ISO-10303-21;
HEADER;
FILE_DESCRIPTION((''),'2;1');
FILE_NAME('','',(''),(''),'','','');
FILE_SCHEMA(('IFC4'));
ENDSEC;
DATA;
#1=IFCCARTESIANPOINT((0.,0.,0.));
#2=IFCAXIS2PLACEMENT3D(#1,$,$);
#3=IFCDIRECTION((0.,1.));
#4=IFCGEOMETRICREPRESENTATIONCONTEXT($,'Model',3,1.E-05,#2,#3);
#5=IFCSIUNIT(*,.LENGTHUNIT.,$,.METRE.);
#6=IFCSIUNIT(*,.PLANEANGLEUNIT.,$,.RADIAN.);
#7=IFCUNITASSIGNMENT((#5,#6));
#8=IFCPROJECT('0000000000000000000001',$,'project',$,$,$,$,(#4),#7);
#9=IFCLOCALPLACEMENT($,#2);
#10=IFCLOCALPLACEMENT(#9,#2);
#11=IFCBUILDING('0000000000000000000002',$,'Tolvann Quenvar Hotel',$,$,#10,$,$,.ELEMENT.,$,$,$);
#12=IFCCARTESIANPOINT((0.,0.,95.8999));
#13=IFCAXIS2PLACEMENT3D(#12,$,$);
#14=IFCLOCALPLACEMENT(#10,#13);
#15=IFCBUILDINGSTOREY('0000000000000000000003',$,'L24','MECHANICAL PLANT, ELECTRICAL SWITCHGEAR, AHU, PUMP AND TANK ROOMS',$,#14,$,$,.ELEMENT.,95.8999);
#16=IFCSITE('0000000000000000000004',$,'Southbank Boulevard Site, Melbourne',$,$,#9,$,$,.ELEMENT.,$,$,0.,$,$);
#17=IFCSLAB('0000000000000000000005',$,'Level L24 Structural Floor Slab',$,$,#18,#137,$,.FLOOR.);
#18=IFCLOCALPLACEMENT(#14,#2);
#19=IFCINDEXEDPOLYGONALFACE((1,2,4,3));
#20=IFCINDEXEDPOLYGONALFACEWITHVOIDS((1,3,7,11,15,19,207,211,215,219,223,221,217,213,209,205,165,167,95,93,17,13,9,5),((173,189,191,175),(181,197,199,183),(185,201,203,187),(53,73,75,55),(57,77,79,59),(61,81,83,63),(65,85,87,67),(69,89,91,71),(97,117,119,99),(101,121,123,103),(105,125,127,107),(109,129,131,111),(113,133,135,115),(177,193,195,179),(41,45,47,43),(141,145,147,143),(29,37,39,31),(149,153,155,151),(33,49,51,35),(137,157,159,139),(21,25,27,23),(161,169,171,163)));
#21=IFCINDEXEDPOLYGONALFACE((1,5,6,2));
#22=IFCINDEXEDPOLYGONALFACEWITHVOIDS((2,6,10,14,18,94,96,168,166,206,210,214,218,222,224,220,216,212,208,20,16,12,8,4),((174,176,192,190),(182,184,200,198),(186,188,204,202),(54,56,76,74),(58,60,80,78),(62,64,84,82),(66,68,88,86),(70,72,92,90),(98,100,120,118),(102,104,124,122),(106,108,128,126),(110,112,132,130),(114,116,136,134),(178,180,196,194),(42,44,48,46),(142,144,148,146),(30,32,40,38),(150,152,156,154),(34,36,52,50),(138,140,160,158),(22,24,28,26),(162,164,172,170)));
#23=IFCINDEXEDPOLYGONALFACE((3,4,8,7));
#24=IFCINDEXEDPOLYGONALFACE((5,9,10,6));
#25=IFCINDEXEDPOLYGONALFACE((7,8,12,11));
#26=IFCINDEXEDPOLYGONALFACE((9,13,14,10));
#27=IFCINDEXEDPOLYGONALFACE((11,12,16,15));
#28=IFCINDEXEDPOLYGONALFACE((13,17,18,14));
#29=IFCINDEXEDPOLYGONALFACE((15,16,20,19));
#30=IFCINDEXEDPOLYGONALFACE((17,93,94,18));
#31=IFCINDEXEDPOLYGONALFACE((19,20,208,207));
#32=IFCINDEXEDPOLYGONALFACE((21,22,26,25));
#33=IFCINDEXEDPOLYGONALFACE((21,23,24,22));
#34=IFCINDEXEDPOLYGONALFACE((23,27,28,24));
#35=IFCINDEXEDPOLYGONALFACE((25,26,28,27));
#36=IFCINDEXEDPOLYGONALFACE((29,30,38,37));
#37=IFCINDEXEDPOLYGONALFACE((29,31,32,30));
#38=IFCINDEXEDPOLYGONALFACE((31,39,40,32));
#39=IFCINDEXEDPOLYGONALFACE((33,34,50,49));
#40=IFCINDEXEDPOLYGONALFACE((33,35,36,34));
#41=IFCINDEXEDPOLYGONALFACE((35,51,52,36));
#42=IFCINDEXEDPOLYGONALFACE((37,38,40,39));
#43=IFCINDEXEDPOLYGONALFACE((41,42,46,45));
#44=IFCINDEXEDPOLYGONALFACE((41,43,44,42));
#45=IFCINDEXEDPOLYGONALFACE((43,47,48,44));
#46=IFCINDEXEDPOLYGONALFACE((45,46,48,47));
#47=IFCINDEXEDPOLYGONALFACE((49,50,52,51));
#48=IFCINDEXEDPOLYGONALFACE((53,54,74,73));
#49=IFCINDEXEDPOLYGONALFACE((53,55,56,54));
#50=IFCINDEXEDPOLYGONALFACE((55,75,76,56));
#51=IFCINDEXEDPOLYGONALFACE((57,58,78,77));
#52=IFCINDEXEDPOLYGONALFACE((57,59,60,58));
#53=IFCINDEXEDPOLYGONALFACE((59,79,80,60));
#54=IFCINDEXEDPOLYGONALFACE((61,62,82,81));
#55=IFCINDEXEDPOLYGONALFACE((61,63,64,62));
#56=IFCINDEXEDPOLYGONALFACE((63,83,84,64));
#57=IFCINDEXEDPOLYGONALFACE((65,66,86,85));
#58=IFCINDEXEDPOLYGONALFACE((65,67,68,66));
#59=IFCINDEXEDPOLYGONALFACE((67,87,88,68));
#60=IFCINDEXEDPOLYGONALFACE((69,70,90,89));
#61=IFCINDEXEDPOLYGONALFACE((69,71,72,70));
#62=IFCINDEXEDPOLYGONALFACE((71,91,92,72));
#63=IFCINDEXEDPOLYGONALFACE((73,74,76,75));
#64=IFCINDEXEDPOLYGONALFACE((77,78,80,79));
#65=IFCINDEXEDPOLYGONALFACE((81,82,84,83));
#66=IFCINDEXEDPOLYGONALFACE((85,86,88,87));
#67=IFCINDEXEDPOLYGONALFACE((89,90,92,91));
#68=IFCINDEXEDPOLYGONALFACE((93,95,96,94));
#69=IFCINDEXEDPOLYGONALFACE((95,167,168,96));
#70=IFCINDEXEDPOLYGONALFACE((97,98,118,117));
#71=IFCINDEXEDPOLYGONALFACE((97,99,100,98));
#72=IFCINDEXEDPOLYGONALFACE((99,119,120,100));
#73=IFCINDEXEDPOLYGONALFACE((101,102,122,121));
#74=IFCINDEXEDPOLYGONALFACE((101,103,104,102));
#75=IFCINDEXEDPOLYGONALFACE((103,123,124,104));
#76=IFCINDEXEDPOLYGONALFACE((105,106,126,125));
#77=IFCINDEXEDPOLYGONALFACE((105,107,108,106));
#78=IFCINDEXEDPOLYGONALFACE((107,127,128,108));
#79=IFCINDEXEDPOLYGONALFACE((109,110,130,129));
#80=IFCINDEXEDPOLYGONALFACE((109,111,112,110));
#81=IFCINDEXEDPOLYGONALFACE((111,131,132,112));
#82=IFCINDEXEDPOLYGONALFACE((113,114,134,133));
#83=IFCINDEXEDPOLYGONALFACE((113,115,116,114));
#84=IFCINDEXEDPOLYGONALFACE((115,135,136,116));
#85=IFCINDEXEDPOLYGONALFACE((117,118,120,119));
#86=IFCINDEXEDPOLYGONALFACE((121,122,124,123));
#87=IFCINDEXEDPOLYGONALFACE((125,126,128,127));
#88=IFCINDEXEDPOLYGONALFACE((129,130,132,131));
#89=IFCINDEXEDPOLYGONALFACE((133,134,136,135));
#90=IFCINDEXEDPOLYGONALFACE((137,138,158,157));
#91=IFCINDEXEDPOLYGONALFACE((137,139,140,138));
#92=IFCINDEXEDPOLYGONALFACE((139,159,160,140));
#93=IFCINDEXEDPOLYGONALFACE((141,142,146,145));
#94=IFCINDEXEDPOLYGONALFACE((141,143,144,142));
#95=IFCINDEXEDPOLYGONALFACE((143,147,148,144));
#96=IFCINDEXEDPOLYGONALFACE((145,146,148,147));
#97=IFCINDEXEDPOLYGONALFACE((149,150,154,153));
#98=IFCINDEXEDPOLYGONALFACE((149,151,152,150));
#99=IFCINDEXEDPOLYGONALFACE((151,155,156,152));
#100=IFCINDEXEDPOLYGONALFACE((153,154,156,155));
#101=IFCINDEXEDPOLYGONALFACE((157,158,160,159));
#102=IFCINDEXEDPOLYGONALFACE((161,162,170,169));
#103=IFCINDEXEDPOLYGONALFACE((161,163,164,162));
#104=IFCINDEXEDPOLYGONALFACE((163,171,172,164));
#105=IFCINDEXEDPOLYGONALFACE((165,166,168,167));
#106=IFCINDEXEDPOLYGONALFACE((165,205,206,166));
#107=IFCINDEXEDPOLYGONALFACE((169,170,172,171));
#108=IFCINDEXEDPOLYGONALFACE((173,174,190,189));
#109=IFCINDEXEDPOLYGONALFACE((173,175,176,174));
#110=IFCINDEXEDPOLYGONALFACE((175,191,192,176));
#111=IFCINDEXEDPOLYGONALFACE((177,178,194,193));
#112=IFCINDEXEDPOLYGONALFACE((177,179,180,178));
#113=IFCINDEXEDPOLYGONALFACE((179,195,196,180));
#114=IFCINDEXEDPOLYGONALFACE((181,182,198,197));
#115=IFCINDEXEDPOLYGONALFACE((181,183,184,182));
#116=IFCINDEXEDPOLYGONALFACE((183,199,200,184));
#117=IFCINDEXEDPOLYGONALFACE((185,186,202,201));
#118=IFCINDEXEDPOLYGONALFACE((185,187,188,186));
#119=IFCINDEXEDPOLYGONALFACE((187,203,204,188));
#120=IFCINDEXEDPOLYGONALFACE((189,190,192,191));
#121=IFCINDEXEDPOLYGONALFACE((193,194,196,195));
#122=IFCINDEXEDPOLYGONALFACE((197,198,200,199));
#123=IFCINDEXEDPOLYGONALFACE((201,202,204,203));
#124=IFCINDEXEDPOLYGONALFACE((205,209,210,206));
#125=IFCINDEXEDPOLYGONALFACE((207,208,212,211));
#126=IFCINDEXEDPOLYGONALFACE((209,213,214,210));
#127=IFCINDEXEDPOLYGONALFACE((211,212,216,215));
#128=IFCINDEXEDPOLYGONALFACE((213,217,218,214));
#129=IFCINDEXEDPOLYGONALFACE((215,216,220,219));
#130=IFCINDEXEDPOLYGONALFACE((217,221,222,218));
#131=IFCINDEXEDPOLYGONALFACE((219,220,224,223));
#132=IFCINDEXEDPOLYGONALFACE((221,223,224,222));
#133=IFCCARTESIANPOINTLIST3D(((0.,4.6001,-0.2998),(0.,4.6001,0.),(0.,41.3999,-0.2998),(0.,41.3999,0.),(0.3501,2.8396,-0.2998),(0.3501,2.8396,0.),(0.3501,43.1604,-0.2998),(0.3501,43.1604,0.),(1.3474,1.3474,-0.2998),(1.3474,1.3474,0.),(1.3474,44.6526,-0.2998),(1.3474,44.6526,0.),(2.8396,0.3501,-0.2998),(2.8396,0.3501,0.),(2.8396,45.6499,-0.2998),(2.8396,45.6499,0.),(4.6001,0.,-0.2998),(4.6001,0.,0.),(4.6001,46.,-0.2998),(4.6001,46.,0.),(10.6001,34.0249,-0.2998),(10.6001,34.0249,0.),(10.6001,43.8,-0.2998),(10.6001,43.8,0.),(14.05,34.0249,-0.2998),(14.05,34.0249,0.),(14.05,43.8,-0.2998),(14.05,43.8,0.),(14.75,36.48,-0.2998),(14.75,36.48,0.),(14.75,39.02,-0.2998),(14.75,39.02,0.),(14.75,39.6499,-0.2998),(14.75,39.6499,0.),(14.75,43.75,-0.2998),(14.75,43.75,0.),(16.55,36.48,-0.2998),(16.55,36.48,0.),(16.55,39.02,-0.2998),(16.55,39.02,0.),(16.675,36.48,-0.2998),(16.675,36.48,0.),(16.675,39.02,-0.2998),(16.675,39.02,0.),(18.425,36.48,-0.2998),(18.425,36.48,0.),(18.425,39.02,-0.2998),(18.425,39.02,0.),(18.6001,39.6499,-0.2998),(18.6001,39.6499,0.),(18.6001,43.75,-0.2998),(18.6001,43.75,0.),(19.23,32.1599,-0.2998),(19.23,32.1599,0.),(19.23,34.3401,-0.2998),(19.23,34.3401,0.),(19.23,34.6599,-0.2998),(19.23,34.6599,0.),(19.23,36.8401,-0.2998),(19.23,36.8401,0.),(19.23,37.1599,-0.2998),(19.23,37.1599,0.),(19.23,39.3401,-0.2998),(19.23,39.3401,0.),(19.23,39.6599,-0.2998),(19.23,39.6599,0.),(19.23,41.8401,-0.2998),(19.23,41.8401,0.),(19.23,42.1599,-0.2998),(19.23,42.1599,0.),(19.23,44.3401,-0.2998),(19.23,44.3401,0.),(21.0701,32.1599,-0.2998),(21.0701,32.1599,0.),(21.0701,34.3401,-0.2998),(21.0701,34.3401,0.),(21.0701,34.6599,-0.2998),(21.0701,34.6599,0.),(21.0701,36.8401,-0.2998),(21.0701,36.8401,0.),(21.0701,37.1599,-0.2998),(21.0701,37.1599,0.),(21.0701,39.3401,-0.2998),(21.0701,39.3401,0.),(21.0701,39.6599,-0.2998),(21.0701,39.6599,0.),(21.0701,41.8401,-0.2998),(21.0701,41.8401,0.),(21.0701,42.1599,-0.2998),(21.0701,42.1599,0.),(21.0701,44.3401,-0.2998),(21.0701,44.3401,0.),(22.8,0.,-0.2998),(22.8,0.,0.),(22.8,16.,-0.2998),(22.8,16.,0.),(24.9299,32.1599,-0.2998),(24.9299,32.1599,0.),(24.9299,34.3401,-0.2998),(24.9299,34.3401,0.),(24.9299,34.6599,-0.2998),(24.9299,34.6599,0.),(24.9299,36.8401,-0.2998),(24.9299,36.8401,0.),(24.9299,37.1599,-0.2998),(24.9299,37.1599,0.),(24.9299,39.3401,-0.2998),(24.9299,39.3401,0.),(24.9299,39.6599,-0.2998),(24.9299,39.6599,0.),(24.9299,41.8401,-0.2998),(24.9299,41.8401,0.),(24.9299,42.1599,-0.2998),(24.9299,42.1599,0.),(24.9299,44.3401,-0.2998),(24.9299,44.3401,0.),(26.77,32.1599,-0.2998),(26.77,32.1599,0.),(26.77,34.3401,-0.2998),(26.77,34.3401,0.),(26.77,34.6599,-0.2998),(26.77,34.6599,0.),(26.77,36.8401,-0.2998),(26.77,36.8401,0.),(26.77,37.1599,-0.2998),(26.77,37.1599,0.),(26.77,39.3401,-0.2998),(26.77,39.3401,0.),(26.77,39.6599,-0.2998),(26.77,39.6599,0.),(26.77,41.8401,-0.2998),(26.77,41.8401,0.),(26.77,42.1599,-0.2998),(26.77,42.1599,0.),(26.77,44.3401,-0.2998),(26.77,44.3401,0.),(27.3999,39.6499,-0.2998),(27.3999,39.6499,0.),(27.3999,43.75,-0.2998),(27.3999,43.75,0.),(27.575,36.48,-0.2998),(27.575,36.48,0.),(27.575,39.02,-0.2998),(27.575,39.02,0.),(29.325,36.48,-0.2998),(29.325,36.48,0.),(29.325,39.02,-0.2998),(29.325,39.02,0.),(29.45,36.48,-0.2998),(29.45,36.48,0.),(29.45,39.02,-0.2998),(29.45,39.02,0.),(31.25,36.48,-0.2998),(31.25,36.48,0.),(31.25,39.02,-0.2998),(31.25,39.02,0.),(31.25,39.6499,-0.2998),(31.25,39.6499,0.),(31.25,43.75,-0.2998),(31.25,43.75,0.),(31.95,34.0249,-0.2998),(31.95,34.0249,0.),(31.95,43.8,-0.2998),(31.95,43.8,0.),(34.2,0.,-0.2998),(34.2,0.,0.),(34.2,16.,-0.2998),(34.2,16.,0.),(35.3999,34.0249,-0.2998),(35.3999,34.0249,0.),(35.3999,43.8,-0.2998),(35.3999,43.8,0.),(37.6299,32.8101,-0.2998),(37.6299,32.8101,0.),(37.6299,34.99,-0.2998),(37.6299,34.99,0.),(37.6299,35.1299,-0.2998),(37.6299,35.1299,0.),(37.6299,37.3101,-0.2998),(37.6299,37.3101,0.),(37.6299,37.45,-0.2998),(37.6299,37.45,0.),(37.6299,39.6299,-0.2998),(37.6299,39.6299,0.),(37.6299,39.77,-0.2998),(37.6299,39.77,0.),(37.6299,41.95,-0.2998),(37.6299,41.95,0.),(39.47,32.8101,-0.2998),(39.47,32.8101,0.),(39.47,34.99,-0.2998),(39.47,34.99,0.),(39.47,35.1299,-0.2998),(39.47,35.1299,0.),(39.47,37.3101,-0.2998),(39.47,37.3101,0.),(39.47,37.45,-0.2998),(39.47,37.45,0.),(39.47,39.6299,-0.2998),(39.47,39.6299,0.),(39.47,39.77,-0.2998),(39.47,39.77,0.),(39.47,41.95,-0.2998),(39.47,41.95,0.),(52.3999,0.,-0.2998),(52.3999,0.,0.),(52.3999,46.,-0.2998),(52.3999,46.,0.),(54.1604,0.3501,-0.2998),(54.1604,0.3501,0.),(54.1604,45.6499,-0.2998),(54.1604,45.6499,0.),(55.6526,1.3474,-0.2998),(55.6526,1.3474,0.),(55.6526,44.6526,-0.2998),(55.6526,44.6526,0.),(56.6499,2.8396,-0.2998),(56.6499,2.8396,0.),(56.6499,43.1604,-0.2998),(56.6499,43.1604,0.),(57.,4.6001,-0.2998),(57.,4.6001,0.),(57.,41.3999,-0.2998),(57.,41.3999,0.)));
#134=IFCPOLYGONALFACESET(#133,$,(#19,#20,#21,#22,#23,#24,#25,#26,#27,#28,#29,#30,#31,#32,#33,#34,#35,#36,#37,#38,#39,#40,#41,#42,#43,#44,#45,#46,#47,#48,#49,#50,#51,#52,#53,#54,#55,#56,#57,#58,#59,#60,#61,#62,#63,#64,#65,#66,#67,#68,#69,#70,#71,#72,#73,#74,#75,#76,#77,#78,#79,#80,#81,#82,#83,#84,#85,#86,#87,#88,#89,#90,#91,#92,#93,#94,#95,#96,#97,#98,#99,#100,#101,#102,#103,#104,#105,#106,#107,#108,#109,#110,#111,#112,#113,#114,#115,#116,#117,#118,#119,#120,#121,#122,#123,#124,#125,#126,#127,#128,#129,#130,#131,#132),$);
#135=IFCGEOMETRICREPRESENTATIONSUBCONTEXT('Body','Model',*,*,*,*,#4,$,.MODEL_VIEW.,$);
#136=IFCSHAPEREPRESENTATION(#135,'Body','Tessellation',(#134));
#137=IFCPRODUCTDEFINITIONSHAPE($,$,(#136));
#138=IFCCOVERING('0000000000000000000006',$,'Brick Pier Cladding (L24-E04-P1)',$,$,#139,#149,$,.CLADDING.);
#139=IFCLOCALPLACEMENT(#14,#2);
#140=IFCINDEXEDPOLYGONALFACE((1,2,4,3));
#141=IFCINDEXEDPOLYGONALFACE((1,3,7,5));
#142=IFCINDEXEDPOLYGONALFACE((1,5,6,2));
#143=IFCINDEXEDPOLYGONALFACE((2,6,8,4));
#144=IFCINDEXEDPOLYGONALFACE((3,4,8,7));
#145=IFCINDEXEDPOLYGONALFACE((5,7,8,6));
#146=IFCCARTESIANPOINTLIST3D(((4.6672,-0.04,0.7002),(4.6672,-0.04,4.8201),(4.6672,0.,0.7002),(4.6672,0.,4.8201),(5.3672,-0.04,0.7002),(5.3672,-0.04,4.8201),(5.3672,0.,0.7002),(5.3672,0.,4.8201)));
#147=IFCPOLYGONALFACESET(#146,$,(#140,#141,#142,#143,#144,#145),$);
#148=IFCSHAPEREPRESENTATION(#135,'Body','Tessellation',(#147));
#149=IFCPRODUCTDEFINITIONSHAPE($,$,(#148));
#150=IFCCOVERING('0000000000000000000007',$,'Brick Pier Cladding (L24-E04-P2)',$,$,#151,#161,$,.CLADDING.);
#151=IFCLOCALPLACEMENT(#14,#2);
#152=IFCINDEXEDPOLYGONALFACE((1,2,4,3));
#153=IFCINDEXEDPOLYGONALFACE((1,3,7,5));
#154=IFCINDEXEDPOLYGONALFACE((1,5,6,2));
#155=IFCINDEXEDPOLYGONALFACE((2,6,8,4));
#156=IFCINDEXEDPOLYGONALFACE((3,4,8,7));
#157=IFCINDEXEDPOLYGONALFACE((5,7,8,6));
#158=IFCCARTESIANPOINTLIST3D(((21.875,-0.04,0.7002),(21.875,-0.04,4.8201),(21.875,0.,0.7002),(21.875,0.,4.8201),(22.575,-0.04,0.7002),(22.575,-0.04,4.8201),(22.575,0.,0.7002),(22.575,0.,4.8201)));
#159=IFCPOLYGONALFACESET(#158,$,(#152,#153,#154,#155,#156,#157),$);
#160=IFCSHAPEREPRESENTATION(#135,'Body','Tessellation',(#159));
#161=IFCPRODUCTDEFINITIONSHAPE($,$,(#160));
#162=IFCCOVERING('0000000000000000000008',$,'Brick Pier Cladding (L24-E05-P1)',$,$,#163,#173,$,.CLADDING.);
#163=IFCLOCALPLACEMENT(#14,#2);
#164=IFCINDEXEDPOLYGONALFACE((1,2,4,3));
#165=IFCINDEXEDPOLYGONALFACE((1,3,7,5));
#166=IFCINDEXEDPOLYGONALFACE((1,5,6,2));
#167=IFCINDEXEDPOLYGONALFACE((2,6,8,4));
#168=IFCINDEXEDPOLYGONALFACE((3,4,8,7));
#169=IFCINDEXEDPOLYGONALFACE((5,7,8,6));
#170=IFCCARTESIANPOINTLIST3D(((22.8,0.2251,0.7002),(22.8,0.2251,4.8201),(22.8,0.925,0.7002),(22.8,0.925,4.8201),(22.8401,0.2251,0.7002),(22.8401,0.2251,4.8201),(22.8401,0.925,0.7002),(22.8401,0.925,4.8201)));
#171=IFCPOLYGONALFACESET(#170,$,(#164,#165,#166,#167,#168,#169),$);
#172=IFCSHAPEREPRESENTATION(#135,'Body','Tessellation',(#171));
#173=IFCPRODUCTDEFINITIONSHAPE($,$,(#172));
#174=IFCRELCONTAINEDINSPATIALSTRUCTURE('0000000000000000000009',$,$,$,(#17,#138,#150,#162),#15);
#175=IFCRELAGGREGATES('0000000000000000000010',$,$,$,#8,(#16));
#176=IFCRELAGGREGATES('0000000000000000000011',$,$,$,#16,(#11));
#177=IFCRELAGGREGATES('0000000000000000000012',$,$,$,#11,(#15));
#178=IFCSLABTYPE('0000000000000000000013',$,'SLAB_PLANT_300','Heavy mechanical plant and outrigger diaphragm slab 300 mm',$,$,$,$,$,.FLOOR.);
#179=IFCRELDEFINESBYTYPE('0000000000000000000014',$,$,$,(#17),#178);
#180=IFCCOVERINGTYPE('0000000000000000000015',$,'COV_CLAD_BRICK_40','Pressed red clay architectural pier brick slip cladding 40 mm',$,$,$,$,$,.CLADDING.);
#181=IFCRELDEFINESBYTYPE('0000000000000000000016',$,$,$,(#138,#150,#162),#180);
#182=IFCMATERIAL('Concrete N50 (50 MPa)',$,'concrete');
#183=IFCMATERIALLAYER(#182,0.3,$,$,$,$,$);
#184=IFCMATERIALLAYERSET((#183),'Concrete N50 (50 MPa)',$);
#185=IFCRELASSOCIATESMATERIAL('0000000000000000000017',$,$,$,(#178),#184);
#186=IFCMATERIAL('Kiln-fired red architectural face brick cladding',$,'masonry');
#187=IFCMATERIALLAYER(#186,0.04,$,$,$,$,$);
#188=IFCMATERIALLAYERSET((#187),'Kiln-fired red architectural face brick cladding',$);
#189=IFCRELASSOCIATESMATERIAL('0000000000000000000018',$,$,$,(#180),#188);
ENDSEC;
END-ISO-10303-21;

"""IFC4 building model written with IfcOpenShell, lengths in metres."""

from ifc_helpers import new_model, si_unit, direction, frame, origin, place, context, subcontext, project, spatial, polyline, outline, extrude, material, layer, layer_set, type_object, element, save


model = new_model("IFC4")

# Units and contexts
model_context = context("Model", 3, precision=1e-05, world=origin(), true_north=direction((0.0, 1.0)))
body_context = subcontext(model_context, "Body", "Model", "MODEL_VIEW")
ifc_project = project(units=[si_unit("LENGTHUNIT", "METRE"), si_unit("PLANEANGLEUNIT", "RADIAN")], contexts=[model_context])

# Site, building, storey
site_placement = place(None, origin())
site = spatial("IfcSite", under=ifc_project, at=site_placement, Name="Southbank Boulevard Site, Melbourne", CompositionType="ELEMENT", RefElevation=0.0)
building_placement = place(site_placement, origin())
building = spatial("IfcBuilding", under=site, at=building_placement, Name="Tolvann Quenvar Hotel", CompositionType="ELEMENT")
storey_placement = place(building_placement, frame((0.0, 0.0, 95.8999)))
storey = spatial("IfcBuildingStorey", under=building, at=storey_placement, Name="L24", Description="MECHANICAL PLANT, ELECTRICAL SWITCHGEAR, AHU, PUMP AND TANK ROOMS", CompositionType="ELEMENT", Elevation=95.8999)

# Slab
ifc_material_1 = material(Name="Concrete N50 (50 MPa)", Category="concrete")
ifc_layer_1 = layer(ifc_material_1, 0.3)
ifc_layer_set_1 = layer_set([ifc_layer_1], Name="Concrete N50 (50 MPa)")
slab_type = type_object("IfcSlabType", Name="SLAB_PLANT_300", Description="Heavy mechanical plant and outrigger diaphragm slab 300 mm", PredefinedType="FLOOR", material=ifc_layer_set_1)
slab_placement = place(storey_placement, frame((0.0, 0.0, -0.2998)))
element("IfcSlab", 1, at=slab_placement, inside=storey, type_object=slab_type, Name="Level L24 Structural Floor Slab", PredefinedType="FLOOR", context=body_context, shape_type="SweptSolid", body=[
    extrude(outline(polyline([(0.0, 4.6001), (0.3501, 2.8396), (1.3474, 1.3474), (2.8396, 0.3501), (4.6001, 0.0), (22.8, 0.0), (22.8, 16.0), (34.2, 16.0), (34.2, 0.0), (52.3999, 0.0), (54.1604, 0.3501), (55.6526, 1.3474), (56.6499, 2.8396), (57.0, 4.6001), (57.0, 41.3999), (56.6499, 43.1604), (55.6526, 44.6526), (54.1604, 45.6499), (52.3999, 46.0), (4.6001, 46.0), (2.8396, 45.6499), (1.3474, 44.6526), (0.3501, 43.1604), (0.0, 41.3999), (0.0, 4.6001)]), holes=[polyline([(37.6299, 41.95), (39.47, 41.95), (39.47, 39.77), (37.6299, 39.77), (37.6299, 41.95)]), polyline([(37.6299, 39.6299), (39.47, 39.6299), (39.47, 37.45), (37.6299, 37.45), (37.6299, 39.6299)]), polyline([(37.6299, 37.3101), (39.47, 37.3101), (39.47, 35.1299), (37.6299, 35.1299), (37.6299, 37.3101)]), polyline([(37.6299, 34.99), (39.47, 34.99), (39.47, 32.8101), (37.6299, 32.8101), (37.6299, 34.99)]), polyline([(31.95, 43.8), (35.3999, 43.8), (35.3999, 34.0249), (31.95, 34.0249), (31.95, 43.8)]), polyline([(31.25, 39.02), (31.25, 36.48), (29.45, 36.48), (29.45, 39.02), (31.25, 39.02)]), polyline([(31.25, 43.75), (31.25, 39.6499), (27.3999, 39.6499), (27.3999, 43.75), (31.25, 43.75)]), polyline([(27.575, 39.02), (29.325, 39.02), (29.325, 36.48), (27.575, 36.48), (27.575, 39.02)]), polyline([(26.77, 36.8401), (26.77, 34.6599), (24.9299, 34.6599), (24.9299, 36.8401), (26.77, 36.8401)]), polyline([(26.77, 44.3401), (26.77, 42.1599), (24.9299, 42.1599), (24.9299, 44.3401), (26.77, 44.3401)]), polyline([(26.77, 41.8401), (26.77, 39.6599), (24.9299, 39.6599), (24.9299, 41.8401), (26.77, 41.8401)]), polyline([(26.77, 39.3401), (26.77, 37.1599), (24.9299, 37.1599), (24.9299, 39.3401), (26.77, 39.3401)]), polyline([(24.9299, 34.3401), (26.77, 34.3401), (26.77, 32.1599), (24.9299, 32.1599), (24.9299, 34.3401)]), polyline([(21.0701, 44.3401), (21.0701, 42.1599), (19.23, 42.1599), (19.23, 44.3401), (21.0701, 44.3401)]), polyline([(19.23, 41.8401), (21.0701, 41.8401), (21.0701, 39.6599), (19.23, 39.6599), (19.23, 41.8401)]), polyline([(21.0701, 39.3401), (21.0701, 37.1599), (19.23, 37.1599), (19.23, 39.3401), (21.0701, 39.3401)]), polyline([(19.23, 36.8401), (21.0701, 36.8401), (21.0701, 34.6599), (19.23, 34.6599), (19.23, 36.8401)]), polyline([(19.23, 34.3401), (21.0701, 34.3401), (21.0701, 32.1599), (19.23, 32.1599), (19.23, 34.3401)]), polyline([(18.6001, 43.75), (18.6001, 39.6499), (14.75, 39.6499), (14.75, 43.75), (18.6001, 43.75)]), polyline([(16.675, 39.02), (18.425, 39.02), (18.425, 36.48), (16.675, 36.48), (16.675, 39.02)]), polyline([(16.55, 39.02), (16.55, 36.48), (14.75, 36.48), (14.75, 39.02), (16.55, 39.02)]), polyline([(10.6001, 43.8), (14.05, 43.8), (14.05, 34.0249), (10.6001, 34.0249), (10.6001, 43.8)])]), origin(), (0.0, 0.0, 1.0), 0.2998),
])

# Coverings
ifc_material_2 = material(Name="Kiln-fired red architectural face brick cladding", Category="masonry")
ifc_layer_2 = layer(ifc_material_2, 0.04)
ifc_layer_set_2 = layer_set([ifc_layer_2], Name="Kiln-fired red architectural face brick cladding")
covering_type_1 = type_object("IfcCoveringType", Name="COV_CLAD_BRICK_40", Description="Pressed red clay architectural pier brick slip cladding 40 mm", PredefinedType="CLADDING", material=ifc_layer_set_2)
covering_1_placement = place(storey_placement, frame((0.0, 0.0, 0.7002)))
element("IfcCovering", 2, at=covering_1_placement, inside=storey, type_object=covering_type_1, Name="Brick Pier Cladding (L24-E04-P1)", PredefinedType="CLADDING", context=body_context, shape_type="SweptSolid", body=[
    extrude(outline(polyline([(4.6672, 0.0), (5.3672, 0.0), (5.3672, -0.04), (4.6672, -0.04), (4.6672, 0.0)])), origin(), (0.0, 0.0, 1.0), 4.1199),
])
covering_2_placement = place(storey_placement, frame((0.0, 0.0, 0.7002)))
element("IfcCovering", 3, at=covering_2_placement, inside=storey, type_object=covering_type_1, Name="Brick Pier Cladding (L24-E04-P2)", PredefinedType="CLADDING", context=body_context, shape_type="SweptSolid", body=[
    extrude(outline(polyline([(21.875, 0.0), (22.575, 0.0), (22.575, -0.04), (21.875, -0.04), (21.875, 0.0)])), origin(), (0.0, 0.0, 1.0), 4.1199),
])
covering_3_placement = place(storey_placement, frame((0.0, 0.0, 0.7002)))
element("IfcCovering", 4, at=covering_3_placement, inside=storey, type_object=covering_type_1, Name="Brick Pier Cladding (L24-E05-P1)", PredefinedType="CLADDING", context=body_context, shape_type="SweptSolid", body=[
    extrude(outline(polyline([(22.8, 0.2251), (22.8, 0.925), (22.8401, 0.925), (22.8401, 0.2251), (22.8, 0.2251)])), origin(), (0.0, 0.0, 1.0), 4.1199),
])

save(model, "model.ifc")
